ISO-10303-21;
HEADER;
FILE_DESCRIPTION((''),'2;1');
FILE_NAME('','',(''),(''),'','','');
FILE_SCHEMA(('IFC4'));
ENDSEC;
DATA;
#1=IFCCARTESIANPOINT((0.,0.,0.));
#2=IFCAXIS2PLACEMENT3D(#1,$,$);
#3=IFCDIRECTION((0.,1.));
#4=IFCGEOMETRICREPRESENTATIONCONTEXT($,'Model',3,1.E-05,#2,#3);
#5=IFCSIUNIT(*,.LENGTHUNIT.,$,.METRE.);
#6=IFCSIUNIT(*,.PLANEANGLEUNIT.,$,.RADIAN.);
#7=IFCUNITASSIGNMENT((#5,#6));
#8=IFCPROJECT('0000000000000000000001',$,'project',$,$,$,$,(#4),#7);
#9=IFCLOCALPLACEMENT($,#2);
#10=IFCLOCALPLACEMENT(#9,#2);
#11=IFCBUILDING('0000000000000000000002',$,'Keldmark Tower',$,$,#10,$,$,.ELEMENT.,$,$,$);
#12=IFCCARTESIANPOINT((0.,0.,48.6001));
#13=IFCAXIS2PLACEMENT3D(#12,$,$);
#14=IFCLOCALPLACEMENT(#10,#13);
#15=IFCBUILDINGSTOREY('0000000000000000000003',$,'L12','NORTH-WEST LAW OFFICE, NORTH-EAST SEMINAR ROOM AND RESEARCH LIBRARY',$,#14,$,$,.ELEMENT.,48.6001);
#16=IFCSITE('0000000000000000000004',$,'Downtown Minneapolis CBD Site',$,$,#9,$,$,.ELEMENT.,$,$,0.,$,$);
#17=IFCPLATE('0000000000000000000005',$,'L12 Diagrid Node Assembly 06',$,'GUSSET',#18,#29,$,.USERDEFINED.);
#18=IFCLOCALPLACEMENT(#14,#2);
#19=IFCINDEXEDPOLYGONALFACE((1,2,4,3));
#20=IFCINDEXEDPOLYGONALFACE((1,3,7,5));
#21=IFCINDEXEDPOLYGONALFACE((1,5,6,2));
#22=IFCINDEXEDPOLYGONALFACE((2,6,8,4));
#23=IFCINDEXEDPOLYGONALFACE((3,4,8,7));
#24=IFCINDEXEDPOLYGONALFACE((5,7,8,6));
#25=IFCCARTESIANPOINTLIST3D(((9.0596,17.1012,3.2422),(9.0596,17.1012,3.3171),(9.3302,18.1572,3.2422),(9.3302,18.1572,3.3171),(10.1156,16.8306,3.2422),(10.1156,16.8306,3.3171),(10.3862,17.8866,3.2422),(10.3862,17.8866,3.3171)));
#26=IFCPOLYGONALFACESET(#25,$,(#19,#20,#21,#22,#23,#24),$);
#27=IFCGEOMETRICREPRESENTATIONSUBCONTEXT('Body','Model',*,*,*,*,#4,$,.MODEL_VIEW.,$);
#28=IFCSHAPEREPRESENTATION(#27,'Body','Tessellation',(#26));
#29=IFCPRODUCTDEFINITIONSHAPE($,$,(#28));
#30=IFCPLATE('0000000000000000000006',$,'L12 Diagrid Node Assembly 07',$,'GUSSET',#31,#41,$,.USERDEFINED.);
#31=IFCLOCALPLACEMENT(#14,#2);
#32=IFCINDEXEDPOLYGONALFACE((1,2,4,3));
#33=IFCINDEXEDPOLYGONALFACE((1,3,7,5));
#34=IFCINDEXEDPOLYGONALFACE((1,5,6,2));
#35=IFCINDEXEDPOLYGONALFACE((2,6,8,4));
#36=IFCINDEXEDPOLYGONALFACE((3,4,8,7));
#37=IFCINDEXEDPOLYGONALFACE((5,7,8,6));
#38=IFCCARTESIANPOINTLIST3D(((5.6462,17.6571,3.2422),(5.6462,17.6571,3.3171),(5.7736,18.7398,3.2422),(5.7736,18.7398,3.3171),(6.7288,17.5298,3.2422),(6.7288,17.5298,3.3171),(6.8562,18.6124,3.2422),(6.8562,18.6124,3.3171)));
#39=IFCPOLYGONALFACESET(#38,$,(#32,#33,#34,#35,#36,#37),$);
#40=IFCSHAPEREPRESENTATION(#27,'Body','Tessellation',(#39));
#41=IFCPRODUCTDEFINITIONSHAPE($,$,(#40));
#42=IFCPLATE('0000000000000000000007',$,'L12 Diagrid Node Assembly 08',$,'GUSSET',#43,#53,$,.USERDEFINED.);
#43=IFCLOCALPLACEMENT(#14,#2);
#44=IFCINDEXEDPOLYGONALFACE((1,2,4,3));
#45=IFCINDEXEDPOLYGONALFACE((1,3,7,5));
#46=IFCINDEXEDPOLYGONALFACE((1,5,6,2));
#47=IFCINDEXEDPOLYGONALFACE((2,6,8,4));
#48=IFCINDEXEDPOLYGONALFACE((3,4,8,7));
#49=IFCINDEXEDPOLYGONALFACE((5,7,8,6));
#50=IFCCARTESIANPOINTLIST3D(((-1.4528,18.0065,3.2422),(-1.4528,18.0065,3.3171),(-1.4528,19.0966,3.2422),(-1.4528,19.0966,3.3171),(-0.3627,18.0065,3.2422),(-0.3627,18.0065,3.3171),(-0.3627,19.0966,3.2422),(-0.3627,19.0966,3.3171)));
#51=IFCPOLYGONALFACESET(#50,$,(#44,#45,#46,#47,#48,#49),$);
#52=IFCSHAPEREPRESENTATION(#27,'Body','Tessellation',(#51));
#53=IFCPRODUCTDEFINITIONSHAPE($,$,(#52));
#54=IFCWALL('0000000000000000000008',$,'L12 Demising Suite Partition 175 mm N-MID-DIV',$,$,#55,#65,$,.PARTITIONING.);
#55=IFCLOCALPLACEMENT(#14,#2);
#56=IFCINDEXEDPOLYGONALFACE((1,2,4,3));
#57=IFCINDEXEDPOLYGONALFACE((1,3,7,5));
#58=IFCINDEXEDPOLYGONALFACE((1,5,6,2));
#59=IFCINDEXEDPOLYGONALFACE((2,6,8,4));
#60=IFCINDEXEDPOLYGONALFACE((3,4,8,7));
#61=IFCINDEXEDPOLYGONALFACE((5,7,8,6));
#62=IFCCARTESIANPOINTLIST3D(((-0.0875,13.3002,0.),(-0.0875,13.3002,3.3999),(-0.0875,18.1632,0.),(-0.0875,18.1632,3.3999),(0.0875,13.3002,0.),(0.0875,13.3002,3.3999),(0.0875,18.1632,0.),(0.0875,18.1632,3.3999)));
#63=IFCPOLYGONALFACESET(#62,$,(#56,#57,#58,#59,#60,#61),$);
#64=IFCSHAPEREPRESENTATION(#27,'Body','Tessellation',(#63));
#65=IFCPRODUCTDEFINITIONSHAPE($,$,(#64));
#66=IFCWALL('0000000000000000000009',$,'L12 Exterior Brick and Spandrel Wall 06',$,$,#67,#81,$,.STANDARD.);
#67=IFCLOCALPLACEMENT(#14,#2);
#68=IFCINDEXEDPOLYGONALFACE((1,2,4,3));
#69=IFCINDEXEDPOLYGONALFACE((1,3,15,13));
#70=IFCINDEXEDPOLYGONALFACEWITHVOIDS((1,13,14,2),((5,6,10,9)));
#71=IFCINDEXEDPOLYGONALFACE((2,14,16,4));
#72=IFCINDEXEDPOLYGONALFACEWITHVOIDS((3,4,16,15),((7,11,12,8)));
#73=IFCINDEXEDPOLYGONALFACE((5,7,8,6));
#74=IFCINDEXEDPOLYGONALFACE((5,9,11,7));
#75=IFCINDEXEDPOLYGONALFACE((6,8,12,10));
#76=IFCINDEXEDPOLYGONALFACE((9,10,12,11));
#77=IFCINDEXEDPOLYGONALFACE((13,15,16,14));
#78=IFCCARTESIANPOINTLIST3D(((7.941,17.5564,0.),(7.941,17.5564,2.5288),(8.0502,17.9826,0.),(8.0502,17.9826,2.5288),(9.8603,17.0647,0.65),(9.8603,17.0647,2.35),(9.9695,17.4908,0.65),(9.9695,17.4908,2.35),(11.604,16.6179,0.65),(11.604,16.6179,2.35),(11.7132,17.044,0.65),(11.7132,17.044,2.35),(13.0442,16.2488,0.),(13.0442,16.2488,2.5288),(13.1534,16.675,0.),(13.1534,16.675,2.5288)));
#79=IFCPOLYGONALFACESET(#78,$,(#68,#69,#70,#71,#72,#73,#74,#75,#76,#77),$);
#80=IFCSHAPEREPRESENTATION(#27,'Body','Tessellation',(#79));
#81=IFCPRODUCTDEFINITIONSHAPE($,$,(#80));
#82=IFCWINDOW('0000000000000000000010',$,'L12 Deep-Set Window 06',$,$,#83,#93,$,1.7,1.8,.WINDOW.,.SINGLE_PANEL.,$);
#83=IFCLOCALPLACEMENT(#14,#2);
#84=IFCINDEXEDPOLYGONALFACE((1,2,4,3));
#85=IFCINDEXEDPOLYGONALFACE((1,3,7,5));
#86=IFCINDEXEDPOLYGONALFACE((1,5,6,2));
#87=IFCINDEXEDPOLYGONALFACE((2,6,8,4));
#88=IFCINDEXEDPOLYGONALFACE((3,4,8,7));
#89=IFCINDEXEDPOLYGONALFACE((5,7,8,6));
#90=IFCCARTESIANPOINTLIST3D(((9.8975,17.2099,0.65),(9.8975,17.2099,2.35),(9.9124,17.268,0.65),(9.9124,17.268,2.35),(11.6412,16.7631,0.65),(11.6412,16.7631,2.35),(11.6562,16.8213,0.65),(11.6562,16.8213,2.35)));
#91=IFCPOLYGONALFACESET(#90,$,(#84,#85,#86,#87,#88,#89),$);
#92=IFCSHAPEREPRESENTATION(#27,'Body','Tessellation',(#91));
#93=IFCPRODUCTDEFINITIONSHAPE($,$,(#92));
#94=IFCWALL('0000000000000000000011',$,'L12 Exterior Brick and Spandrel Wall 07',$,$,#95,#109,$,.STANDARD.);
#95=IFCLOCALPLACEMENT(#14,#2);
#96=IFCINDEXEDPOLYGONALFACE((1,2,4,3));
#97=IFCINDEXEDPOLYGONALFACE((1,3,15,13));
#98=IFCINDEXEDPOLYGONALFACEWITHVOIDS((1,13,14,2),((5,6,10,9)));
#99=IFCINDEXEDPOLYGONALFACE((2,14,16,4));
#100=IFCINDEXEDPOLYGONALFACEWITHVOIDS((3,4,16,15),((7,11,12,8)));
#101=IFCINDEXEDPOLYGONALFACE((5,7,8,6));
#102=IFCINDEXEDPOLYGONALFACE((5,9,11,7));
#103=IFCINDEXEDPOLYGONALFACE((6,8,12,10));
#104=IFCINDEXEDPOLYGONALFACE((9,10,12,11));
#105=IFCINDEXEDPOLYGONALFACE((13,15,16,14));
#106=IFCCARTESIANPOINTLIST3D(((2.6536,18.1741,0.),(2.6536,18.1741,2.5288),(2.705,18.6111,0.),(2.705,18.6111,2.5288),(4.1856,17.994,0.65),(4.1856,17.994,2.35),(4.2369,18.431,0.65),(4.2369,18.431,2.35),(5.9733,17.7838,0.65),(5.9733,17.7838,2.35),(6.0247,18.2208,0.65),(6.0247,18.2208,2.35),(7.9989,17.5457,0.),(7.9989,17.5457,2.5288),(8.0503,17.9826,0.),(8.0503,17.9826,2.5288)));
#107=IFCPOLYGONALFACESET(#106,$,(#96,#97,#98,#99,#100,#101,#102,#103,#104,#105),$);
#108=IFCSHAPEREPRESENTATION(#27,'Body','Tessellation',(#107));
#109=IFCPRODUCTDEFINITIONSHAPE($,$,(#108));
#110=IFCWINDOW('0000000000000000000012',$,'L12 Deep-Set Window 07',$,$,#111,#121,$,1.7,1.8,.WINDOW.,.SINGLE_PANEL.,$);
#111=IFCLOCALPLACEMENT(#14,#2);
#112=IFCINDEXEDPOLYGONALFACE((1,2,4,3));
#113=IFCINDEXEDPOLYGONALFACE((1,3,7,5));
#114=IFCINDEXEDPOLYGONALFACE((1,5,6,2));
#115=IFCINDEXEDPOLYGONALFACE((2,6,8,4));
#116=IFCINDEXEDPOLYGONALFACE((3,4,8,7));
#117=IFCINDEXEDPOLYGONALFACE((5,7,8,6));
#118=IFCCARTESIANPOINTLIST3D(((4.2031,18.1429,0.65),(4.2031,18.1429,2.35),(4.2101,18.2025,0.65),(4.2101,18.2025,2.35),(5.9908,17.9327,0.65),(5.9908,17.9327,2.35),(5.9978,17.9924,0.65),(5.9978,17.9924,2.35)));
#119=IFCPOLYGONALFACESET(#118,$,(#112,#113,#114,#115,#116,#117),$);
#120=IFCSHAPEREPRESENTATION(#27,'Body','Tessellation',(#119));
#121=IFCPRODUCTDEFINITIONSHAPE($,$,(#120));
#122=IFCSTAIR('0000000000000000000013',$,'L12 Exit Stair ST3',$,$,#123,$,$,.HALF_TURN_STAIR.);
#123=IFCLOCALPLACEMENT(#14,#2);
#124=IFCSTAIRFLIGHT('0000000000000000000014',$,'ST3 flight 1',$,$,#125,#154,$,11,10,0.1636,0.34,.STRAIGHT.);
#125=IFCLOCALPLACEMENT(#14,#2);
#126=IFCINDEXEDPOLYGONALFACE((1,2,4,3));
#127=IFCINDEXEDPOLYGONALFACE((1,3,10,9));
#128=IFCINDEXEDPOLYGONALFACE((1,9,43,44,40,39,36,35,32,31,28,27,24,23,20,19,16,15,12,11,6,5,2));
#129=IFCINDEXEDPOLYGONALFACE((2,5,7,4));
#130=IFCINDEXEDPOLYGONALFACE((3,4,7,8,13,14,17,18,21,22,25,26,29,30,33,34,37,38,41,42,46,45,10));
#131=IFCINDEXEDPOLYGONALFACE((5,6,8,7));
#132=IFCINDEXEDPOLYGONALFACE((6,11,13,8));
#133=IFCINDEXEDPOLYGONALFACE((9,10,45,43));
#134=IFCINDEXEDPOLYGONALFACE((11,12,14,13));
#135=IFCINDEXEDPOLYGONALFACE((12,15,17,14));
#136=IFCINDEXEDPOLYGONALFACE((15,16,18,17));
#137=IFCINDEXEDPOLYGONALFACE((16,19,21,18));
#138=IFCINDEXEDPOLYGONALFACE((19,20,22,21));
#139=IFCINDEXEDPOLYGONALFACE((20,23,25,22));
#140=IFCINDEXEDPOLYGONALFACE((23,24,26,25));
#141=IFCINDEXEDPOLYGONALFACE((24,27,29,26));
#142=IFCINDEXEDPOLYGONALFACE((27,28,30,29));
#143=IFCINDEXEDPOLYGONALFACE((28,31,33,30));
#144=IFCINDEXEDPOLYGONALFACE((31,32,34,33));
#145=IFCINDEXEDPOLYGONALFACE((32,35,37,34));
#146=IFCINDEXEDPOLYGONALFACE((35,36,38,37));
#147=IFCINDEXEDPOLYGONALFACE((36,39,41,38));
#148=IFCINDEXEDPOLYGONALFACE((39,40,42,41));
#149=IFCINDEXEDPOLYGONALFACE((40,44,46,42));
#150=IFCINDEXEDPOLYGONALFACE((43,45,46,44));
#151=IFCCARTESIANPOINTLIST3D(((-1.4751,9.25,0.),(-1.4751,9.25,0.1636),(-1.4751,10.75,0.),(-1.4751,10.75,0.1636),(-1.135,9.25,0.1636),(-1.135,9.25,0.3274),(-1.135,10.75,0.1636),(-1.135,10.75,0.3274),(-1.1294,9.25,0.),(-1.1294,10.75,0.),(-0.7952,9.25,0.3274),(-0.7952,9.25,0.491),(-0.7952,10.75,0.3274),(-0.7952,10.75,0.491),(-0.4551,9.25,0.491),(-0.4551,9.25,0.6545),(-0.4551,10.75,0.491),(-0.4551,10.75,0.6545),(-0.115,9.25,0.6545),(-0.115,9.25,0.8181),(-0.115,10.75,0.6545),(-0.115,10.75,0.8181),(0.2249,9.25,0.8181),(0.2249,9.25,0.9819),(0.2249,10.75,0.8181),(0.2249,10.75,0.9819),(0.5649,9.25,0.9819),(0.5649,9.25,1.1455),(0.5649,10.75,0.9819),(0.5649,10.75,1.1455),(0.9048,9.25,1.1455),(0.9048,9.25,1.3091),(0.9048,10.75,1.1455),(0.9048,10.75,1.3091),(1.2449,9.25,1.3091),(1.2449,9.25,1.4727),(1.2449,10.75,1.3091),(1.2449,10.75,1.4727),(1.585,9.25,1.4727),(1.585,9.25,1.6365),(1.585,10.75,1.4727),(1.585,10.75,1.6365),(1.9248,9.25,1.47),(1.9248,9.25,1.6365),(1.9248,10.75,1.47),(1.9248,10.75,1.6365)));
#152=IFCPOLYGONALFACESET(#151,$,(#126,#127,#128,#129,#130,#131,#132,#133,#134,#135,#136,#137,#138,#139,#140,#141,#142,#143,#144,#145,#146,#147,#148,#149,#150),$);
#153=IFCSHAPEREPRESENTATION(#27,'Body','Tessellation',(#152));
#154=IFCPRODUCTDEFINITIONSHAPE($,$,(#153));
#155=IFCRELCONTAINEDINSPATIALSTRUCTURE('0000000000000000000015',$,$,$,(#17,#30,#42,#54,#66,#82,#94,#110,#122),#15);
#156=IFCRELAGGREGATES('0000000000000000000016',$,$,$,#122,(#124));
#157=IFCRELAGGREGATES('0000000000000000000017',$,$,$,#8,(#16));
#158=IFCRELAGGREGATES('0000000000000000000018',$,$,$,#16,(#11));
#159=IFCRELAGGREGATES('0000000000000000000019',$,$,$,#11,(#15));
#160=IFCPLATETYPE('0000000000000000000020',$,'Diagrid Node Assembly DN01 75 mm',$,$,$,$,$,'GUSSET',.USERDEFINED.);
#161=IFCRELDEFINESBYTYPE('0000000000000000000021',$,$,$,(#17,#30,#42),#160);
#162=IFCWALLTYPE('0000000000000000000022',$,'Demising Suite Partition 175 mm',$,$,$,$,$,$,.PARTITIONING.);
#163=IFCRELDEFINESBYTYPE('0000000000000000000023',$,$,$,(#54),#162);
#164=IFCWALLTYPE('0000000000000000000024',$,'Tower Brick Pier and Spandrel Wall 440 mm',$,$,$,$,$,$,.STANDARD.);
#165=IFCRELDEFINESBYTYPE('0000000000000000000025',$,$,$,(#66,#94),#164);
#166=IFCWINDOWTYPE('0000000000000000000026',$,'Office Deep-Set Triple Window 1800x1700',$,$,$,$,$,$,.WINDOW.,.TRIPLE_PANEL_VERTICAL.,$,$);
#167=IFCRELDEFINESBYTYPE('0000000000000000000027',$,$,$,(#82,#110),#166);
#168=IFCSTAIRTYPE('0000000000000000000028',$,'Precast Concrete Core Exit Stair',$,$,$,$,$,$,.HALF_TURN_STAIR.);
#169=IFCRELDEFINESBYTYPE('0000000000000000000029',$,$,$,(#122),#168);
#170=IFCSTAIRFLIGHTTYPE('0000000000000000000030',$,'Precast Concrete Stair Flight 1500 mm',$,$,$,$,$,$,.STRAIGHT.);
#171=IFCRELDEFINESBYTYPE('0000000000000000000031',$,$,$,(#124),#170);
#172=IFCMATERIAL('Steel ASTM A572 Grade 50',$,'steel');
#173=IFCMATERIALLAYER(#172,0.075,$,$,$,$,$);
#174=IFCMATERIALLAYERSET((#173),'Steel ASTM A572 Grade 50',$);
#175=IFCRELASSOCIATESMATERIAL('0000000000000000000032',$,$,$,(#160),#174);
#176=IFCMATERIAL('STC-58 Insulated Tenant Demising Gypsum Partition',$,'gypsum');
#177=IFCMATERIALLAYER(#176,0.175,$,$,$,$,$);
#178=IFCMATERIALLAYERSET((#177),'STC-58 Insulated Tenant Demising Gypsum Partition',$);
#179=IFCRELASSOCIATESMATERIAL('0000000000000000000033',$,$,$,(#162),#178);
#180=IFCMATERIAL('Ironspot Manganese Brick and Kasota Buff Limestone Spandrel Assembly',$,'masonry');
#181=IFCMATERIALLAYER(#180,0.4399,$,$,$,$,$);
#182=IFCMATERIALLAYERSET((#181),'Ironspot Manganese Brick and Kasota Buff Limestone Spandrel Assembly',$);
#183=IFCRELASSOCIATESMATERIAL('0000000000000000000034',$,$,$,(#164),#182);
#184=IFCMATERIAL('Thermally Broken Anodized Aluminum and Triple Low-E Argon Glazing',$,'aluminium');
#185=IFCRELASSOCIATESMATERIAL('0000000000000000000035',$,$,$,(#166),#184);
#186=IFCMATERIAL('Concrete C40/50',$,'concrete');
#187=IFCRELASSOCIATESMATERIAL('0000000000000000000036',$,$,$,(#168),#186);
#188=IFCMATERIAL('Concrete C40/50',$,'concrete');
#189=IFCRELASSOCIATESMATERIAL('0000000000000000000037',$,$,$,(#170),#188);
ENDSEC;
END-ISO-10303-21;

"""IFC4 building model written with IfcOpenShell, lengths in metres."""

from ifc_helpers import new_model, si_unit, direction, frame, frame_2d, origin, origin_2d, place, context, subcontext, project, spatial, polyline, rectangle, outline, extrude, material, layer, layer_set, type_object, element, fill, aggregate, save


model = new_model("IFC4")

# Units and contexts
model_context = context("Model", 3, precision=1e-05, world=origin(), true_north=direction((0.0, 1.0)))
body_context = subcontext(model_context, "Body", "Model", "MODEL_VIEW")
ifc_project = project(units=[si_unit("LENGTHUNIT", "METRE"), si_unit("PLANEANGLEUNIT", "RADIAN")], contexts=[model_context])

# Site, building, storey
site_placement = place(None, origin())
site = spatial("IfcSite", under=ifc_project, at=site_placement, Name="Downtown Minneapolis CBD Site", CompositionType="ELEMENT", RefElevation=0.0)
building_placement = place(site_placement, origin())
building = spatial("IfcBuilding", under=site, at=building_placement, Name="Keldmark Tower", CompositionType="ELEMENT")
storey_placement = place(building_placement, frame((0.0, 0.0, 48.6001)))
storey = spatial("IfcBuildingStorey", under=building, at=storey_placement, Name="L12", Description="NORTH-WEST LAW OFFICE, NORTH-EAST SEMINAR ROOM AND RESEARCH LIBRARY", CompositionType="ELEMENT", Elevation=48.6001)

# Plates
ifc_material_1 = material(Name="Steel ASTM A572 Grade 50", Category="steel")
ifc_layer_1 = layer(ifc_material_1, 0.075)
ifc_layer_set_1 = layer_set([ifc_layer_1], Name="Steel ASTM A572 Grade 50")
plate_type_1 = type_object("IfcPlateType", Name="Diagrid Node Assembly DN01 75 mm", ElementType="GUSSET", PredefinedType="USERDEFINED", material=ifc_layer_set_1)
for number, where, z_axis, x_axis, name in (
    (1, (9.7229, 17.4939, 3.2422), (0.0, 0.0, 1.0), (-0.968713, 0.248183, 0.0), "L12 Diagrid Node Assembly 06"),
    (2, (6.2512, 18.1348, 3.2422), (0.0, 0.0, 1.0), (-0.99315, 0.116844, 0.0), "L12 Diagrid Node Assembly 07"),
    (3, (-0.9077, 18.5515, 3.2422), (0.0, 0.0, 1.0), (-1.0, 0.0, 0.0), "L12 Diagrid Node Assembly 08"),
):
    element("IfcPlate", number, at=place(storey_placement, frame(where, z_axis=z_axis, x_axis=x_axis)), inside=storey, type_object=plate_type_1, Name=name, ObjectType="GUSSET", PredefinedType="USERDEFINED", context=body_context, shape_type="SweptSolid", body=[
        extrude(rectangle(XDim=1.0901, YDim=1.0901, at=origin_2d()), origin(), (0.0, 0.0, 1.0), 0.075),
    ])

# Wall
ifc_material_2 = material(Name="STC-58 Insulated Tenant Demising Gypsum Partition", Category="gypsum")
ifc_layer_2 = layer(ifc_material_2, 0.175)
ifc_layer_set_2 = layer_set([ifc_layer_2], Name="STC-58 Insulated Tenant Demising Gypsum Partition")
wall_type_1 = type_object("IfcWallType", Name="Demising Suite Partition 175 mm", PredefinedType="PARTITIONING", material=ifc_layer_set_2)
wall_1_placement = place(storey_placement, frame((0.0, 13.3, 0.0), z_axis=(0.0, 0.0, 1.0), x_axis=(0.0, 1.0, 0.0)))
element("IfcWall", 4, at=wall_1_placement, inside=storey, type_object=wall_type_1, Name="L12 Demising Suite Partition 175 mm N-MID-DIV", PredefinedType="PARTITIONING", context=body_context, shape_type="SweptSolid", body=[
    extrude(rectangle(XDim=4.863, YDim=0.175, at=frame_2d((2.4316, 0.0))), origin(), (0.0, 0.0, 1.0), 3.3999),
])

# Walls, openings, windows
ifc_material_3 = material(Name="Ironspot Manganese Brick and Kasota Buff Limestone Spandrel Assembly", Category="masonry")
ifc_layer_3 = layer(ifc_material_3, 0.4399)
ifc_layer_set_3 = layer_set([ifc_layer_3], Name="Ironspot Manganese Brick and Kasota Buff Limestone Spandrel Assembly")
wall_type_2 = type_object("IfcWallType", Name="Tower Brick Pier and Spandrel Wall 440 mm", PredefinedType="STANDARD", material=ifc_layer_set_3)
wall_2_placement = place(storey_placement, frame((7.9956, 17.7695, 0.0), z_axis=(0.0, 0.0, 1.0), x_axis=(0.968706, -0.248213, 0.0)))
wall_2 = element("IfcWall", 5, at=wall_2_placement, inside=storey, type_object=wall_type_2, Name="L12 Exterior Brick and Spandrel Wall 06", PredefinedType="STANDARD", context=body_context, shape_type="SweptSolid", body=[
    extrude(rectangle(XDim=5.2681, YDim=0.4399, at=frame_2d((2.634, 0.0))), origin(), (0.0, 0.0, 1.0), 2.5288),
])
opening_1_placement = place(wall_2_placement, frame((1.9814, 0.0, 0.6499)))
opening_1 = element("IfcOpeningElement", 6, at=opening_1_placement, cuts=wall_2, PredefinedType="OPENING", context=body_context, shape_type="SweptSolid", body=[
    extrude(rectangle(XDim=1.8, YDim=1.7, at=frame_2d((0.8999, 0.8501))), frame((0.0, 0.23, 0.0), z_axis=(0.0, -1.0, 0.0), x_axis=(1.0, 0.0, 0.0)), (0.0, 0.0, 1.0), 0.46),
])
ifc_material_4 = material(Name="Thermally Broken Anodized Aluminum and Triple Low-E Argon Glazing", Category="aluminium")
window_type = type_object("IfcWindowType", Name="Office Deep-Set Triple Window 1800x1700", PartitioningType="TRIPLE_PANEL_VERTICAL", PredefinedType="WINDOW", material=ifc_material_4)
window_1_placement = place(opening_1_placement, origin())
window_1 = element("IfcWindow", 7, at=window_1_placement, inside=storey, type_object=window_type, Name="L12 Deep-Set Window 06", OverallHeight=1.7, OverallWidth=1.8, PartitioningType="SINGLE_PANEL", PredefinedType="WINDOW", context=body_context, shape_type="SweptSolid", body=[
    extrude(rectangle(XDim=1.8, YDim=1.7, at=frame_2d((0.8999, 0.8501))), frame((0.0, -0.01, 0.0), z_axis=(0.0, -1.0, 0.0), x_axis=(1.0, 0.0, 0.0)), (0.0, 0.0, 1.0), 0.0601),
])
fill(opening_1, window_1)
wall_3_placement = place(storey_placement, frame((2.6794, 18.3926, 0.0), z_axis=(0.0, 0.0, 1.0), x_axis=(0.99316, -0.116762, 0.0)))
wall_3 = element("IfcWall", 8, at=wall_3_placement, inside=storey, type_object=wall_type_2, Name="L12 Exterior Brick and Spandrel Wall 07", PredefinedType="STANDARD", context=body_context, shape_type="SweptSolid", body=[
    extrude(rectangle(XDim=5.3821, YDim=0.4399, at=frame_2d((2.6909, 0.0))), origin(), (0.0, 0.0, 1.0), 2.5288),
])
opening_2_placement = place(wall_3_placement, frame((1.5425, 0.0, 0.6499)))
opening_2 = element("IfcOpeningElement", 9, at=opening_2_placement, cuts=wall_3, PredefinedType="OPENING", context=body_context, shape_type="SweptSolid", body=[
    extrude(rectangle(XDim=1.8, YDim=1.7, at=frame_2d((0.8999, 0.8501))), frame((0.0, 0.23, 0.0), z_axis=(0.0, -1.0, 0.0), x_axis=(1.0, 0.0, 0.0)), (0.0, 0.0, 1.0), 0.46),
])
window_2_placement = place(opening_2_placement, origin())
window_2 = element("IfcWindow", 10, at=window_2_placement, inside=storey, type_object=window_type, Name="L12 Deep-Set Window 07", OverallHeight=1.7, OverallWidth=1.8, PartitioningType="SINGLE_PANEL", PredefinedType="WINDOW", context=body_context, shape_type="SweptSolid", body=[
    extrude(rectangle(XDim=1.8, YDim=1.7, at=frame_2d((0.8999, 0.8501))), frame((0.0, -0.01, 0.0), z_axis=(0.0, -1.0, 0.0), x_axis=(1.0, 0.0, 0.0)), (0.0, 0.0, 1.0), 0.0601),
])
fill(opening_2, window_2)

# Stair, stair flight
ifc_material_5 = material(Name="Concrete C40/50", Category="concrete")
stair_type = type_object("IfcStairType", Name="Precast Concrete Core Exit Stair", PredefinedType="HALF_TURN_STAIR", material=ifc_material_5)
stair_placement = place(storey_placement, origin())
stair = element("IfcStair", 11, at=stair_placement, inside=storey, type_object=stair_type, Name="L12 Exit Stair ST3", PredefinedType="HALF_TURN_STAIR")
ifc_material_6 = material(Name="Concrete C40/50", Category="concrete")
stair_flight_type = type_object("IfcStairFlightType", Name="Precast Concrete Stair Flight 1500 mm", PredefinedType="STRAIGHT", material=ifc_material_6)
stair_flight_1_placement = place(storey_placement, frame((-1.4751, 10.0, 0.0), z_axis=(0.0, 0.0, 1.0), x_axis=(1.0, 0.0, 0.0)))
stair_flight_1 = element("IfcStairFlight", 12, at=stair_flight_1_placement, type_object=stair_flight_type, Name="ST3 flight 1", NumberOfRisers=11, NumberOfTreads=10, PredefinedType="STRAIGHT", RiserHeight=0.1636, TreadLength=0.34, context=body_context, shape_type="SweptSolid", body=[
    extrude(outline(polyline([(0.0, 0.0), (0.0, 0.1636), (0.3401, 0.1636), (0.3401, 0.3274), (0.6799, 0.3274), (0.6799, 0.491), (1.02, 0.491), (1.02, 0.6545), (1.3601, 0.6545), (1.3601, 0.8181), (1.7, 0.8181), (1.7, 0.9819), (2.04, 0.9819), (2.04, 1.1455), (2.3799, 1.1455), (2.3799, 1.3091), (2.72, 1.3091), (2.72, 1.4727), (3.0601, 1.4727), (3.0601, 1.6365), (3.3999, 1.6365), (3.3999, 1.8), (3.3999, 1.47), (0.3457, 0.0), (0.0, 0.0)])), frame((0.0, 0.75, 0.0), z_axis=(0.0, -1.0, 0.0), x_axis=(1.0, 0.0, 0.0)), (0.0, 0.0, 1.0), 1.5),
])
aggregate(stair, [stair_flight_1])

save(model, "model.ifc")
